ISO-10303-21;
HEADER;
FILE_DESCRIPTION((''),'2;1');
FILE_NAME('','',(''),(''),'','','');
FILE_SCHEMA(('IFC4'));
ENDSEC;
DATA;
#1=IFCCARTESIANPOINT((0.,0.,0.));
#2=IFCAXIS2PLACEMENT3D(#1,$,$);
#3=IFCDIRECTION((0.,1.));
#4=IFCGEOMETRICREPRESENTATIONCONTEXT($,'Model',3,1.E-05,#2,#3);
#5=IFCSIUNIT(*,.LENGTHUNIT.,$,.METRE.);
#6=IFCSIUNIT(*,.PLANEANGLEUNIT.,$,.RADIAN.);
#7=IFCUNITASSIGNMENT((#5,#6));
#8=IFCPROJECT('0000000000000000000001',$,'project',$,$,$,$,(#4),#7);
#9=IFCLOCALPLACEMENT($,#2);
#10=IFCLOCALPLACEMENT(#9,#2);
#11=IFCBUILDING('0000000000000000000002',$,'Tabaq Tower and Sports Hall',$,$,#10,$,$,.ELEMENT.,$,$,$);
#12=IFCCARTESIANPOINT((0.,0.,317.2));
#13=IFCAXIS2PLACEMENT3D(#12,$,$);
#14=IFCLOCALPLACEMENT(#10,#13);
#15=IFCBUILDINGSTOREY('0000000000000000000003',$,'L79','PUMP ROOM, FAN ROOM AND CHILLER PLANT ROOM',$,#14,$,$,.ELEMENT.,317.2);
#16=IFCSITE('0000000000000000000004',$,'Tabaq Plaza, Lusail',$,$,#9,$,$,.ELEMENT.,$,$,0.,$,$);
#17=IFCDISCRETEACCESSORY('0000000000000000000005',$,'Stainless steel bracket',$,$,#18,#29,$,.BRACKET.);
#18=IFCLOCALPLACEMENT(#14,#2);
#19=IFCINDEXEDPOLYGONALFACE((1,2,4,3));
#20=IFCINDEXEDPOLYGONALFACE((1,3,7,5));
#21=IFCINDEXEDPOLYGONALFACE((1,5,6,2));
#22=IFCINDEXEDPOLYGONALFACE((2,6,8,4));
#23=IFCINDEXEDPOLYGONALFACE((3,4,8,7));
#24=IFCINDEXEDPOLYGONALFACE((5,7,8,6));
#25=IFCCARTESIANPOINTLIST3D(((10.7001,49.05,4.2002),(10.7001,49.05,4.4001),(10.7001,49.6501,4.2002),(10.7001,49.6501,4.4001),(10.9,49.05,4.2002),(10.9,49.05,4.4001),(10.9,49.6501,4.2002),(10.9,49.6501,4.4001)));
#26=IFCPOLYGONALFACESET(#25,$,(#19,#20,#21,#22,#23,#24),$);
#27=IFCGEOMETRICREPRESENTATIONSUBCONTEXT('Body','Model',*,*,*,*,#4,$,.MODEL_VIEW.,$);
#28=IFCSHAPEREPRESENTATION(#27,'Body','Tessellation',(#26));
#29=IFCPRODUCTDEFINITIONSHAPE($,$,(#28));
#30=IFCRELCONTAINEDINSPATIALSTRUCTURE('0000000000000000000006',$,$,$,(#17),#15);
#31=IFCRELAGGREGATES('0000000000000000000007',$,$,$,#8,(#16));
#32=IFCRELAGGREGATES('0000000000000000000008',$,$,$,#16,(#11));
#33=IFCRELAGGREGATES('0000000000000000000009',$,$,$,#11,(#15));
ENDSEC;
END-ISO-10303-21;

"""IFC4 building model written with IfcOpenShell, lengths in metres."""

from ifc_helpers import new_model, si_unit, direction, frame, origin, origin_2d, place, context, subcontext, project, spatial, rectangle, extrude, element, save


model = new_model("IFC4")

# Units and contexts
model_context = context("Model", 3, precision=1e-05, world=origin(), true_north=direction((0.0, 1.0)))
body_context = subcontext(model_context, "Body", "Model", "MODEL_VIEW")
ifc_project = project(units=[si_unit("LENGTHUNIT", "METRE"), si_unit("PLANEANGLEUNIT", "RADIAN")], contexts=[model_context])

# Site, building, storey
site_placement = place(None, origin())
site = spatial("IfcSite", under=ifc_project, at=site_placement, Name="Tabaq Plaza, Lusail", CompositionType="ELEMENT", RefElevation=0.0)
building_placement = place(site_placement, origin())
building = spatial("IfcBuilding", under=site, at=building_placement, Name="Tabaq Tower and Sports Hall", CompositionType="ELEMENT")
storey_placement = place(building_placement, frame((0.0, 0.0, 317.2)))
storey = spatial("IfcBuildingStorey", under=building, at=storey_placement, Name="L79", Description="PUMP ROOM, FAN ROOM AND CHILLER PLANT ROOM", CompositionType="ELEMENT", Elevation=317.2)

# Discrete accessory
for number, where, z_axis, x_axis, name in (
    (1, (10.8, 49.3501, 4.2002), (0.0, 0.0, 1.0), (0.0, 1.0, 0.0), "Stainless steel bracket"),
):
    element("IfcDiscreteAccessory", number, at=place(storey_placement, frame(where, z_axis=z_axis, x_axis=x_axis)), inside=storey, Name=name, PredefinedType="BRACKET", context=body_context, shape_type="SweptSolid", body=[
        extrude(rectangle(XDim=0.6001, YDim=0.2, at=origin_2d()), origin(), (0.0, 0.0, 1.0), 0.2),
    ])

save(model, "model.ifc")
